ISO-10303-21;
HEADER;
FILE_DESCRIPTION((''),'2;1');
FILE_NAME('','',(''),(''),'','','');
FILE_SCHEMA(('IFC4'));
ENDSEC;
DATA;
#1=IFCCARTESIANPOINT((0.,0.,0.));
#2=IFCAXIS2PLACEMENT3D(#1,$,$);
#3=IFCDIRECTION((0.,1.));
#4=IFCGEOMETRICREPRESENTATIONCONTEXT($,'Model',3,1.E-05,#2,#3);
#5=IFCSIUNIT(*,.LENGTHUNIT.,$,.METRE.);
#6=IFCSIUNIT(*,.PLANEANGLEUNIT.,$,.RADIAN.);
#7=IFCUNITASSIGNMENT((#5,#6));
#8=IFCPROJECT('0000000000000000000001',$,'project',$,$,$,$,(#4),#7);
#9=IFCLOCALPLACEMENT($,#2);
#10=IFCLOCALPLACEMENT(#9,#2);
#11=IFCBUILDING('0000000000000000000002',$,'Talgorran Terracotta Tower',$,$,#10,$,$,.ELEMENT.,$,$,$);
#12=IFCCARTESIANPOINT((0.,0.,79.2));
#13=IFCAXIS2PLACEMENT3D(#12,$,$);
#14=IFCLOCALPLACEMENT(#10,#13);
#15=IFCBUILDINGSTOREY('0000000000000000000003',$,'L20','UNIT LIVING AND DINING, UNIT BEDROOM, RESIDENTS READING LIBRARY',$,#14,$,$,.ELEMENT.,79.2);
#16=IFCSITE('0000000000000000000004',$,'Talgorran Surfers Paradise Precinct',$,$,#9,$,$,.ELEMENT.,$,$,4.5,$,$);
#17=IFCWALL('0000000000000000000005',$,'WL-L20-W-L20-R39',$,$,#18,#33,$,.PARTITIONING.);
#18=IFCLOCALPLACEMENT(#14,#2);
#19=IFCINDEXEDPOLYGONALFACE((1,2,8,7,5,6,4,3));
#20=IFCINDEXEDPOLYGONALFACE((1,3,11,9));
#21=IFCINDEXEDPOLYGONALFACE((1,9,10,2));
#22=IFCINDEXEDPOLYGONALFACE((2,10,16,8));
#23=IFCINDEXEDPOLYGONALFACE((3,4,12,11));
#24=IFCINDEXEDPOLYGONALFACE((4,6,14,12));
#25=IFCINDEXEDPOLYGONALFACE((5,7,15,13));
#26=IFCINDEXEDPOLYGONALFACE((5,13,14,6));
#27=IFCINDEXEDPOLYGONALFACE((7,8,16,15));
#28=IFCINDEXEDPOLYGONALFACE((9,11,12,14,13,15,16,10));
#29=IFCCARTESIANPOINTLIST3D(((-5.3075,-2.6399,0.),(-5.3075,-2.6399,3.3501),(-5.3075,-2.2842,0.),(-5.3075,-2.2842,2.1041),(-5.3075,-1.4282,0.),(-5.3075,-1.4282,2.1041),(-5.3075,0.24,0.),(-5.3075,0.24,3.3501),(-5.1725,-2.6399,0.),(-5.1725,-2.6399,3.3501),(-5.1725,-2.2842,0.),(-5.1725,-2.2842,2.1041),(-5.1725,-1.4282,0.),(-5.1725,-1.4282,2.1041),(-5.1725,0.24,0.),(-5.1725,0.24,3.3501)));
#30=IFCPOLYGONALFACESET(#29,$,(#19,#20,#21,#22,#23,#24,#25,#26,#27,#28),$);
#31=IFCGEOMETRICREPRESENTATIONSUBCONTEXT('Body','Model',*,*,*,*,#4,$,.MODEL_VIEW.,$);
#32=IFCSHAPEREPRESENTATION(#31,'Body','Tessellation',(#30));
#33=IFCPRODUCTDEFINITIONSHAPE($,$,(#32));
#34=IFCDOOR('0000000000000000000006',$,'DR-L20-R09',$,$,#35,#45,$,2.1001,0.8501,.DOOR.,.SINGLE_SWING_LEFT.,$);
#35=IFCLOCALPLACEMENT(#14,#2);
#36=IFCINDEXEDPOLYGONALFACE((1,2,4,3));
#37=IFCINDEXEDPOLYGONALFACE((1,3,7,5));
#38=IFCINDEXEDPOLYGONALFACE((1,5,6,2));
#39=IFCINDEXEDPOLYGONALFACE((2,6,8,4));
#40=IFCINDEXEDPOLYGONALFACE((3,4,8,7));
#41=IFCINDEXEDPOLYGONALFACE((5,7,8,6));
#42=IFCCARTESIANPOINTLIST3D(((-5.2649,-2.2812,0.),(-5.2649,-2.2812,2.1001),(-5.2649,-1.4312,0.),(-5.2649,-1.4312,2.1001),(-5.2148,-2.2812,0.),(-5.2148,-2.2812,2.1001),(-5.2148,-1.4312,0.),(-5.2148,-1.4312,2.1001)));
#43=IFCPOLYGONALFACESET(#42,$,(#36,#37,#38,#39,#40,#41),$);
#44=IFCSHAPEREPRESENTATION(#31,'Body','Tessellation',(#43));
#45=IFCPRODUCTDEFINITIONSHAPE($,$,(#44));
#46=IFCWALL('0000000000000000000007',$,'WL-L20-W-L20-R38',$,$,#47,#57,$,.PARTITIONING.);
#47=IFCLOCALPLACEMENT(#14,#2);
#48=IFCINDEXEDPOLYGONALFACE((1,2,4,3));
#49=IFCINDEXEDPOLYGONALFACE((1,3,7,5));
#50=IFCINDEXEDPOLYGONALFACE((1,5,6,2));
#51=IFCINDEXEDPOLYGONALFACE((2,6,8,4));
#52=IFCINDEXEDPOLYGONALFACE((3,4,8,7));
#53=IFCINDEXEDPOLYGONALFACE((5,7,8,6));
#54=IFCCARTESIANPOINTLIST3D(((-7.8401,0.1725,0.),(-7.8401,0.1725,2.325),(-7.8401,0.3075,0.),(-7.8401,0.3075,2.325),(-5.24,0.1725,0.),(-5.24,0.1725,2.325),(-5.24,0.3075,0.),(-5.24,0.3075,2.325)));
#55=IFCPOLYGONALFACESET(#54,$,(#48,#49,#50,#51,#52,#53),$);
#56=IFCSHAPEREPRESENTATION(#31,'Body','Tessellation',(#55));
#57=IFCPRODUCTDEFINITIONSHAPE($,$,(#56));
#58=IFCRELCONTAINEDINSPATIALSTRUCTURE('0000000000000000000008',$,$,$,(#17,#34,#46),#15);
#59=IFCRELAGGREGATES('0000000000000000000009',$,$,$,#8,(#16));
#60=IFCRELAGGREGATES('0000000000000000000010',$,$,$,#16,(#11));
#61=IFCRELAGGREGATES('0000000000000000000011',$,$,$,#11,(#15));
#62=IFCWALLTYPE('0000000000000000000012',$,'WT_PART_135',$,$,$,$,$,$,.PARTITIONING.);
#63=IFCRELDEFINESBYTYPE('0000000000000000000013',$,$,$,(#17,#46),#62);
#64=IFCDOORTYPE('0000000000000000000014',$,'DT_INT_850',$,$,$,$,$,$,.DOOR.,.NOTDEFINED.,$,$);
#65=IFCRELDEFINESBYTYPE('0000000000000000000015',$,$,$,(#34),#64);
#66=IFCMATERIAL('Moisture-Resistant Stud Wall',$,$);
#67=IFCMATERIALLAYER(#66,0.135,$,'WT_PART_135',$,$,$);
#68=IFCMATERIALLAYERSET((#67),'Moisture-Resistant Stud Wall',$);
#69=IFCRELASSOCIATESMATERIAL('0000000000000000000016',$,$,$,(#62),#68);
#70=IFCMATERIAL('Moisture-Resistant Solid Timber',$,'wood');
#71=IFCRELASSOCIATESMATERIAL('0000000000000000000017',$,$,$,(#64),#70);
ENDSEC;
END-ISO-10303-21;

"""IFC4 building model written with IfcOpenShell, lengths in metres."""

from ifc_helpers import new_model, si_unit, direction, frame, frame_2d, origin, place, context, subcontext, project, spatial, rectangle, extrude, material, layer, layer_set, type_object, element, fill, save


model = new_model("IFC4")

# Units and contexts
model_context = context("Model", 3, precision=1e-05, world=origin(), true_north=direction((0.0, 1.0)))
body_context = subcontext(model_context, "Body", "Model", "MODEL_VIEW")
ifc_project = project(units=[si_unit("LENGTHUNIT", "METRE"), si_unit("PLANEANGLEUNIT", "RADIAN")], contexts=[model_context])

# Site, building, storey
site_placement = place(None, origin())
site = spatial("IfcSite", under=ifc_project, at=site_placement, Name="Talgorran Surfers Paradise Precinct", CompositionType="ELEMENT", RefElevation=4.5)
building_placement = place(site_placement, origin())
building = spatial("IfcBuilding", under=site, at=building_placement, Name="Talgorran Terracotta Tower", CompositionType="ELEMENT")
storey_placement = place(building_placement, frame((0.0, 0.0, 79.2)))
storey = spatial("IfcBuildingStorey", under=building, at=storey_placement, Name="L20", Description="UNIT LIVING AND DINING, UNIT BEDROOM, RESIDENTS READING LIBRARY", CompositionType="ELEMENT", Elevation=79.2)

# Wall, opening, door
ifc_material_1 = material(Name="Moisture-Resistant Solid Timber", Category="wood")
ifc_material_2 = material(Name="Moisture-Resistant Stud Wall")
ifc_layer_1 = layer(ifc_material_2, 0.135, Name="WT_PART_135")
ifc_layer_set_1 = layer_set([ifc_layer_1], Name="Moisture-Resistant Stud Wall")
wall_type_1 = type_object("IfcWallType", Name="WT_PART_135", PredefinedType="PARTITIONING", material=ifc_layer_set_1)
wall_1_placement = place(storey_placement, frame((-5.24, -2.6399, 0.0), z_axis=(0.0, 0.0, 1.0), x_axis=(0.0, 1.0, 0.0)))
wall_1 = element("IfcWall", 1, at=wall_1_placement, inside=storey, type_object=wall_type_1, Name="WL-L20-W-L20-R39", PredefinedType="PARTITIONING", context=body_context, shape_type="SweptSolid", body=[
    extrude(rectangle(XDim=2.8799, YDim=0.135, at=frame_2d((1.4399, 0.0))), origin(), (0.0, 0.0, 1.0), 3.3501),
])
opening_1_placement = place(wall_1_placement, frame((0.3586, 0.0, 0.0)))
opening_1 = element("IfcOpeningElement", 2, at=opening_1_placement, cuts=wall_1, PredefinedType="OPENING", context=body_context, shape_type="SweptSolid", body=[
    extrude(rectangle(XDim=0.8561, YDim=2.1041, at=frame_2d((0.425, 1.052))), frame((0.0, 0.0776, 0.0), z_axis=(0.0, -1.0, 0.0), x_axis=(1.0, 0.0, 0.0)), (0.0, 0.0, 1.0), 0.155),
])
door_type_1 = type_object("IfcDoorType", Name="DT_INT_850", OperationType="NOTDEFINED", PredefinedType="DOOR", material=ifc_material_1)
door_1_placement = place(opening_1_placement, origin())
door_1 = element("IfcDoor", 3, at=door_1_placement, inside=storey, type_object=door_type_1, Name="DR-L20-R09", OperationType="SINGLE_SWING_LEFT", OverallHeight=2.1001, OverallWidth=0.8501, PredefinedType="DOOR", context=body_context, shape_type="SweptSolid", body=[
    extrude(rectangle(XDim=0.8501, YDim=2.1001, at=frame_2d((0.425, 1.05))), frame((0.0, 0.0249, 0.0), z_axis=(0.0, -1.0, 0.0), x_axis=(1.0, 0.0, 0.0)), (0.0, 0.0, 1.0), 0.05),
])
fill(opening_1, door_1)

# Wall
wall_2_placement = place(storey_placement, frame((-7.8401, 0.24, 0.0), z_axis=(0.0, 0.0, 1.0), x_axis=(1.0, 0.0, 0.0)))
element("IfcWall", 4, at=wall_2_placement, inside=storey, type_object=wall_type_1, Name="WL-L20-W-L20-R38", PredefinedType="PARTITIONING", context=body_context, shape_type="SweptSolid", body=[
    extrude(rectangle(XDim=2.6001, YDim=0.135, at=frame_2d((1.3, 0.0))), origin(), (0.0, 0.0, 1.0), 2.325),
])

save(model, "model.ifc")
